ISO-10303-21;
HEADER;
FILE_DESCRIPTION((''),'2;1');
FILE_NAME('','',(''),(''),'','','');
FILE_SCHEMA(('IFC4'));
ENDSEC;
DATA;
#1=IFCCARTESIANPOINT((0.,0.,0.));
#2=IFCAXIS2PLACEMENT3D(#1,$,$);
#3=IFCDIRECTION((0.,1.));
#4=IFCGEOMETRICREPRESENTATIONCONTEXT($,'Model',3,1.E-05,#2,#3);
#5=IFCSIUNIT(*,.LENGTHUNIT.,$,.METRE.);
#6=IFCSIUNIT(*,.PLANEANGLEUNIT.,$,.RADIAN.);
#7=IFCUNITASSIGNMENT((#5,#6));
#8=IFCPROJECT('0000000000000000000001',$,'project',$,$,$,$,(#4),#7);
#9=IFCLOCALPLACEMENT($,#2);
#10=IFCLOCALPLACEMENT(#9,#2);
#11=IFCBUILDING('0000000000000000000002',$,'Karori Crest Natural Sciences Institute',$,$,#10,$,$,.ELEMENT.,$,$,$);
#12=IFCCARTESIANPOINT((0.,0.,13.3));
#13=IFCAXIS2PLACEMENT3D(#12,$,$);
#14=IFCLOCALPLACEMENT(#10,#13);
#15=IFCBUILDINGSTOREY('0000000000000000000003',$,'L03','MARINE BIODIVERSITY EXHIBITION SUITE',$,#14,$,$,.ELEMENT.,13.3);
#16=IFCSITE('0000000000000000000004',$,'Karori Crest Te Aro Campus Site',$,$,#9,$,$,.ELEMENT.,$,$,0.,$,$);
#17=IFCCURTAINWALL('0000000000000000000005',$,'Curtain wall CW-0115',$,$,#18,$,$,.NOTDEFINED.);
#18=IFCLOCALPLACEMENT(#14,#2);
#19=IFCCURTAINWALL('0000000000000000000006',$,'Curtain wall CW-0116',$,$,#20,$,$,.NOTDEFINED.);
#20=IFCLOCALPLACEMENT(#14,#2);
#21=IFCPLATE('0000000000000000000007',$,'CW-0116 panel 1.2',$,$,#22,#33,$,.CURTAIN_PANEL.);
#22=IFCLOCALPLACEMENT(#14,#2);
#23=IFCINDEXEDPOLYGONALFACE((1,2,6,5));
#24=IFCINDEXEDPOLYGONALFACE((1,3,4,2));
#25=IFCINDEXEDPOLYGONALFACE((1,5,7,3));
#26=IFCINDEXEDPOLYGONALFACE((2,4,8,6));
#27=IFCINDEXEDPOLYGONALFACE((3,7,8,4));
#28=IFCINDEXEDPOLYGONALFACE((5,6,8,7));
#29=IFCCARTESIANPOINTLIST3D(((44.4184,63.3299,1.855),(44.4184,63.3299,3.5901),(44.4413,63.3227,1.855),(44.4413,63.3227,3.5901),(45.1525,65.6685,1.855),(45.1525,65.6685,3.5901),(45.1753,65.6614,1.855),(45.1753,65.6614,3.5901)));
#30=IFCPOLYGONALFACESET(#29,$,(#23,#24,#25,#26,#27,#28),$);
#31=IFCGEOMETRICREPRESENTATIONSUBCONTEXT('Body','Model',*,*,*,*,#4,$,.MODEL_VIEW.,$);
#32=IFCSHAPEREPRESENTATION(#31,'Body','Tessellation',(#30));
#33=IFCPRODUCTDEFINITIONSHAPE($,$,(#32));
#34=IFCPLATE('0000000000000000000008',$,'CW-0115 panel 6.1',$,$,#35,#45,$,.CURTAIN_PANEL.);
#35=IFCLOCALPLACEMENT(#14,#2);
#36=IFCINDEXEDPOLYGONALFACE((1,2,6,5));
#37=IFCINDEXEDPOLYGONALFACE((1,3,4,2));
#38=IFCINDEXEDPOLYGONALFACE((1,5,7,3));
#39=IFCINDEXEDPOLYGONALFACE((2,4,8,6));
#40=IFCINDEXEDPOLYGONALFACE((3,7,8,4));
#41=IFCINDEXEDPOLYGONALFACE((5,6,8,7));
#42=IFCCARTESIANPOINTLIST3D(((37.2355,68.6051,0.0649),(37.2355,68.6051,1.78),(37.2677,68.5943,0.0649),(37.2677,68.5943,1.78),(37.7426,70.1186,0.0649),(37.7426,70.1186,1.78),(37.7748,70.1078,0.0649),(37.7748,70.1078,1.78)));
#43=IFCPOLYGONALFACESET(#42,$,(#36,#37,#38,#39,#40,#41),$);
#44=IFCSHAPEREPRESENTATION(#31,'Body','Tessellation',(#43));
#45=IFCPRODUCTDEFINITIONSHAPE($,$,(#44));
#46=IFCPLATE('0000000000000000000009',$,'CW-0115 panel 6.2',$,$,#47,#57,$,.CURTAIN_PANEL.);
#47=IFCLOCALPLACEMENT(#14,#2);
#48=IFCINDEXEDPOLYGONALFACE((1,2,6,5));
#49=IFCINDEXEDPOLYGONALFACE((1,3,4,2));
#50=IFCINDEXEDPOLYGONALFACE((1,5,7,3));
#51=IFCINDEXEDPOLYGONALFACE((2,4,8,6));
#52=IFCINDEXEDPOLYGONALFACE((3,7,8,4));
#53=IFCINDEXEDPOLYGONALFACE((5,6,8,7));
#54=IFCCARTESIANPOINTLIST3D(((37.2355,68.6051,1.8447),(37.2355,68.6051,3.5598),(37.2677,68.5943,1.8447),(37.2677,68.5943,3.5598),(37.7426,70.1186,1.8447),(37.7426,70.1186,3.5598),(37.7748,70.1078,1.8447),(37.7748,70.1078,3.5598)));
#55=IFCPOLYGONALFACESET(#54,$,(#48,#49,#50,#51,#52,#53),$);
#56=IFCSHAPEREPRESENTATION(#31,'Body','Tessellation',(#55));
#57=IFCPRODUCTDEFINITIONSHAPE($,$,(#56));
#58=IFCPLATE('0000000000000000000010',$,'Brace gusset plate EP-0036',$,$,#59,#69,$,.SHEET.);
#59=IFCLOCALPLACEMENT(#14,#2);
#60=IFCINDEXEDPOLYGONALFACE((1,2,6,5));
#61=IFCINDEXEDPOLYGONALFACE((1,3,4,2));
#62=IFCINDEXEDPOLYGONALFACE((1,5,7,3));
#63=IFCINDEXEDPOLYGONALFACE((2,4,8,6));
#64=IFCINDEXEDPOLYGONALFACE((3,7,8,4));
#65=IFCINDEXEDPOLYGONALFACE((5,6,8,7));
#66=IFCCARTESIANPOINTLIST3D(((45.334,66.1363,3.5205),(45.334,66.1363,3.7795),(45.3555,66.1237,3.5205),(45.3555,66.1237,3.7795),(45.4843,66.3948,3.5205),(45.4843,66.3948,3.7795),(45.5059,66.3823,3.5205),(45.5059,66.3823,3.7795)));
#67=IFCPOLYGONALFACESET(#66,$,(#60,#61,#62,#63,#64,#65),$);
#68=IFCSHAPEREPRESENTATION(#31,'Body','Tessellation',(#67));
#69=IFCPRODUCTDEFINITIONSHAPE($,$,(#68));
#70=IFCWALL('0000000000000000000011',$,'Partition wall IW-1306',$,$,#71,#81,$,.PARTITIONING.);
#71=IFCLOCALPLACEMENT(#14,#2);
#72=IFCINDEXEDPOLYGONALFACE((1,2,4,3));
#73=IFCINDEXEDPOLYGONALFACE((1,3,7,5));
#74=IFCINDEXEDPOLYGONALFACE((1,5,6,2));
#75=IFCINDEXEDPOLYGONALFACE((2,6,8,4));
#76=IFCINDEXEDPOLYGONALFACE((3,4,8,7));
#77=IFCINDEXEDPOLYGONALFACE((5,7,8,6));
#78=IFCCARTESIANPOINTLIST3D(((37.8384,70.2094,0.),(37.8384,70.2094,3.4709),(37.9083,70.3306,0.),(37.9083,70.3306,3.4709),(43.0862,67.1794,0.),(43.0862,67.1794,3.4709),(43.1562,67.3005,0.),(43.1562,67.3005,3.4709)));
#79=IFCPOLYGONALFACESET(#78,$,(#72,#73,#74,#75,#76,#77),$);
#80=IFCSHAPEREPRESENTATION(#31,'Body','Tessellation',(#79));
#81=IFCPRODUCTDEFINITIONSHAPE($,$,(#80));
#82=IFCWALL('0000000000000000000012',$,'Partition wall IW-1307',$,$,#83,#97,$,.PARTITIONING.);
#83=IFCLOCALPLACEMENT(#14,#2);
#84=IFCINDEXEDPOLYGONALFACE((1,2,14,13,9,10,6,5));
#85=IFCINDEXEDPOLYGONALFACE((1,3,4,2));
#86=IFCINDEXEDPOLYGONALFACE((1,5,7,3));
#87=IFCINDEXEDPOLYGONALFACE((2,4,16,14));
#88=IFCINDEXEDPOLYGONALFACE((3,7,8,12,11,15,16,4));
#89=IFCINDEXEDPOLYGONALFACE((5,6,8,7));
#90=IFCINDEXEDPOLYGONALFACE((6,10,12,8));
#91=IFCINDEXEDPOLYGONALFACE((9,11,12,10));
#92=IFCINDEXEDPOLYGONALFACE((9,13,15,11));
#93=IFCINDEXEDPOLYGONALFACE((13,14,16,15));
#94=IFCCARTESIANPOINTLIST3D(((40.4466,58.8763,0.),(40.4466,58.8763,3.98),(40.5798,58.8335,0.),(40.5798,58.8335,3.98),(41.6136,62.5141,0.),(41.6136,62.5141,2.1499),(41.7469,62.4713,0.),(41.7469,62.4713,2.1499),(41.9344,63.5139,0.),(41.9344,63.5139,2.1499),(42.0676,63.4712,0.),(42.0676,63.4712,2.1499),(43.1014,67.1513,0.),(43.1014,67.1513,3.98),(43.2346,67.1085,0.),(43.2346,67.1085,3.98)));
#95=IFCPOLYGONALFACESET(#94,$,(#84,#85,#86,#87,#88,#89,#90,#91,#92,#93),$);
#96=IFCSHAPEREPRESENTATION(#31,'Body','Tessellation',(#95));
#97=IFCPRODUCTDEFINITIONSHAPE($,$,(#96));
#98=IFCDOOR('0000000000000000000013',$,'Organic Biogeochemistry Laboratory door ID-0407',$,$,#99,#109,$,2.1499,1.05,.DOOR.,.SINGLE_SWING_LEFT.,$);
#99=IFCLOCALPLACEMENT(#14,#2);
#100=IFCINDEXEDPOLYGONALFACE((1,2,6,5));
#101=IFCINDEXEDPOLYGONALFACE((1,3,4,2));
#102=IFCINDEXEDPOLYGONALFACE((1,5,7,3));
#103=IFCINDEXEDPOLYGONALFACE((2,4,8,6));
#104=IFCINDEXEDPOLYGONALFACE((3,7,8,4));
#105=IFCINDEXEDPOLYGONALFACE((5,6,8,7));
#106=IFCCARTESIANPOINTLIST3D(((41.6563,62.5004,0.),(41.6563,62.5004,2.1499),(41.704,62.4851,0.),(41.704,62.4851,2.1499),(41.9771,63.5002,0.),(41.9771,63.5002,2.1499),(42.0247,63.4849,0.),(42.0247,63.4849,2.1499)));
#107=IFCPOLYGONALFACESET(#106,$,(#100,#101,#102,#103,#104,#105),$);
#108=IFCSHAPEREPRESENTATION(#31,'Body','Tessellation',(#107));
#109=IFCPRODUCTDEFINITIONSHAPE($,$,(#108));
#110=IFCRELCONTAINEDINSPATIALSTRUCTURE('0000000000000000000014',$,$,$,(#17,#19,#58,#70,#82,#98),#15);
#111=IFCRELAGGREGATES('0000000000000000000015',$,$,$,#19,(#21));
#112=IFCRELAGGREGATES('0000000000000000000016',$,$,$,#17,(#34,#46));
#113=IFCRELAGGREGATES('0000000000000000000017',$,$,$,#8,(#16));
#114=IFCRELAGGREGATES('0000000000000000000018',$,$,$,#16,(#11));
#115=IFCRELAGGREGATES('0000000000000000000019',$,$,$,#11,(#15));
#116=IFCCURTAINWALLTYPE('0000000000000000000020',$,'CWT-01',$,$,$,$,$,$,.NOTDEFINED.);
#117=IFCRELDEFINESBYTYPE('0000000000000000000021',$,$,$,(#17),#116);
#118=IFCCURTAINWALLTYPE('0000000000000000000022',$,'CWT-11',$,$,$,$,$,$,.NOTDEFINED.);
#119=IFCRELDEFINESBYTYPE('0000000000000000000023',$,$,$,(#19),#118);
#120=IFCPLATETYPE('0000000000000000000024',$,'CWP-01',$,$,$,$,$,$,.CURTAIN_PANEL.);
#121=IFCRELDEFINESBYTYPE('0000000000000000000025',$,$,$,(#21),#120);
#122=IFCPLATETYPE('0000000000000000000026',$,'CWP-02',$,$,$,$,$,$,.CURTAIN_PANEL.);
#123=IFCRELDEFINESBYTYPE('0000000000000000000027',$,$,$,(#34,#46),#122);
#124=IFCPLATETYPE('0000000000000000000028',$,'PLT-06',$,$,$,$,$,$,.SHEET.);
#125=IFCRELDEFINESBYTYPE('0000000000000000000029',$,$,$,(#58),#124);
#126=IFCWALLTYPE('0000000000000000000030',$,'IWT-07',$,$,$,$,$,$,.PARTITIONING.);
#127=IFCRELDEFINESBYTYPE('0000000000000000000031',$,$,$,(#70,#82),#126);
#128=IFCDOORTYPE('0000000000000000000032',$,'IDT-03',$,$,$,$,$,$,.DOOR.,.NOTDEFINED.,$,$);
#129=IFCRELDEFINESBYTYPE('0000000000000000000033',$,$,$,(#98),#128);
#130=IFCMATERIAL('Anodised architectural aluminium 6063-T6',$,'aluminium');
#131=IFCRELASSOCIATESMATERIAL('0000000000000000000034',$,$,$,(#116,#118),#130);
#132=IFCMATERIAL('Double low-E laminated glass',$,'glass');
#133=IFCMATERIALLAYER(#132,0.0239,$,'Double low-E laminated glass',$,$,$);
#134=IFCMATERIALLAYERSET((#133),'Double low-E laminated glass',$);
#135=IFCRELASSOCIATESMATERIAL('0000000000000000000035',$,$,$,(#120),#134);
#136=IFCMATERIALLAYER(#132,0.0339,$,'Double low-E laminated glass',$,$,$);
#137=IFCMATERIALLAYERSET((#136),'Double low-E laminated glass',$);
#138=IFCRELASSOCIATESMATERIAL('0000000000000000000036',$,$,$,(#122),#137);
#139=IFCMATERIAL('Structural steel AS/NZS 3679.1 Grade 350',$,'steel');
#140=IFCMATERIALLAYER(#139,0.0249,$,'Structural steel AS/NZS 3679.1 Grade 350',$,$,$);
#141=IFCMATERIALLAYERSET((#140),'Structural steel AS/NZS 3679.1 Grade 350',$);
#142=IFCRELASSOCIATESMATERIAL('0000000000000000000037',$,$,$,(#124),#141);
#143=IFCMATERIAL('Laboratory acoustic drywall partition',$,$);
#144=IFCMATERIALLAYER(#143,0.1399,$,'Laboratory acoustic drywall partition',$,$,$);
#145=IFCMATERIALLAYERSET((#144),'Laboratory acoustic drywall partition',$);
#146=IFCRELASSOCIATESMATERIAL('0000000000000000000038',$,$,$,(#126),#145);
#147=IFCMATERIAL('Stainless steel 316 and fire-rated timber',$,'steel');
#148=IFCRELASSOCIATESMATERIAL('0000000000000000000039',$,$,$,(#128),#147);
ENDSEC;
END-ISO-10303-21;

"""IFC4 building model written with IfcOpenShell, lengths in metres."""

from ifc_helpers import new_model, si_unit, direction, frame, frame_2d, origin, origin_2d, place, context, subcontext, project, spatial, rectangle, extrude, material, layer, layer_set, type_object, element, fill, aggregate, save


model = new_model("IFC4")

# Units and contexts
model_context = context("Model", 3, precision=1e-05, world=origin(), true_north=direction((0.0, 1.0)))
body_context = subcontext(model_context, "Body", "Model", "MODEL_VIEW")
ifc_project = project(units=[si_unit("LENGTHUNIT", "METRE"), si_unit("PLANEANGLEUNIT", "RADIAN")], contexts=[model_context])

# Site, building, storey
site_placement = place(None, origin())
site = spatial("IfcSite", under=ifc_project, at=site_placement, Name="Karori Crest Te Aro Campus Site", CompositionType="ELEMENT", RefElevation=0.0)
building_placement = place(site_placement, origin())
building = spatial("IfcBuilding", under=site, at=building_placement, Name="Karori Crest Natural Sciences Institute", CompositionType="ELEMENT")
storey_placement = place(building_placement, frame((0.0, 0.0, 13.3)))
storey = spatial("IfcBuildingStorey", under=building, at=storey_placement, Name="L03", Description="MARINE BIODIVERSITY EXHIBITION SUITE", CompositionType="ELEMENT", Elevation=13.3)

# Shared definitions
ifc_material_1 = material(Name="Structural steel AS/NZS 3679.1 Grade 350", Category="steel")

# Curtain walls
ifc_material_2 = material(Name="Anodised architectural aluminium 6063-T6", Category="aluminium")
curtain_wall_type_1 = type_object("IfcCurtainWallType", Name="CWT-01", PredefinedType="NOTDEFINED", material=ifc_material_2)
curtain_wall_1_placement = place(storey_placement, origin())
curtain_wall_1 = element("IfcCurtainWall", 1, at=curtain_wall_1_placement, inside=storey, type_object=curtain_wall_type_1, Name="Curtain wall CW-0115", PredefinedType="NOTDEFINED")
curtain_wall_type_2 = type_object("IfcCurtainWallType", Name="CWT-11", PredefinedType="NOTDEFINED", material=ifc_material_2)
curtain_wall_2_placement = place(storey_placement, origin())
curtain_wall_2 = element("IfcCurtainWall", 2, at=curtain_wall_2_placement, inside=storey, type_object=curtain_wall_type_2, Name="Curtain wall CW-0116", PredefinedType="NOTDEFINED")

# Plates
ifc_material_3 = material(Name="Double low-E laminated glass", Category="glass")
ifc_layer_1 = layer(ifc_material_3, 0.0239, Name="Double low-E laminated glass")
ifc_layer_set_1 = layer_set([ifc_layer_1], Name="Double low-E laminated glass")
plate_type_1 = type_object("IfcPlateType", Name="CWP-01", PredefinedType="CURTAIN_PANEL", material=ifc_layer_set_1)
plate_1_placement = place(storey_placement, frame((44.7969, 64.4956, 1.855), z_axis=(0.0, 0.0, 1.0), x_axis=(-0.299475, -0.954104, 0.0)))
plate_1 = element("IfcPlate", 3, at=plate_1_placement, type_object=plate_type_1, Name="CW-0116 panel 1.2", PredefinedType="CURTAIN_PANEL", context=body_context, shape_type="SweptSolid", body=[
    extrude(rectangle(XDim=2.4512, YDim=0.0239, at=origin_2d()), origin(), (0.0, 0.0, 1.0), 1.7351),
])
aggregate(curtain_wall_2, [plate_1])
ifc_layer_2 = layer(ifc_material_3, 0.0339, Name="Double low-E laminated glass")
ifc_layer_set_2 = layer_set([ifc_layer_2], Name="Double low-E laminated glass")
plate_type_2 = type_object("IfcPlateType", Name="CWP-02", PredefinedType="CURTAIN_PANEL", material=ifc_layer_set_2)
plate_2_placement = place(storey_placement, frame((37.5051, 69.3564, 0.0649), z_axis=(0.0, 0.0, 1.0), x_axis=(0.31768, 0.948198, 0.0)))
plate_2 = element("IfcPlate", 4, at=plate_2_placement, type_object=plate_type_2, Name="CW-0115 panel 6.1", PredefinedType="CURTAIN_PANEL", context=body_context, shape_type="SweptSolid", body=[
    extrude(rectangle(XDim=1.5962, YDim=0.0339, at=origin_2d()), origin(), (0.0, 0.0, 1.0), 1.7151),
])
plate_3_placement = place(storey_placement, frame((37.5051, 69.3564, 1.8447), z_axis=(0.0, 0.0, 1.0), x_axis=(0.31768, 0.948198, 0.0)))
plate_3 = element("IfcPlate", 5, at=plate_3_placement, type_object=plate_type_2, Name="CW-0115 panel 6.2", PredefinedType="CURTAIN_PANEL", context=body_context, shape_type="SweptSolid", body=[
    extrude(rectangle(XDim=1.5962, YDim=0.0339, at=origin_2d()), origin(), (0.0, 0.0, 1.0), 1.7151),
])
aggregate(curtain_wall_1, [plate_2, plate_3])
ifc_layer_3 = layer(ifc_material_1, 0.0249, Name="Structural steel AS/NZS 3679.1 Grade 350")
ifc_layer_set_3 = layer_set([ifc_layer_3], Name="Structural steel AS/NZS 3679.1 Grade 350")
plate_type_3 = type_object("IfcPlateType", Name="PLT-06", PredefinedType="SHEET", material=ifc_layer_set_3)
plate_4_placement = place(storey_placement, frame((45.4199, 66.2593, 3.5205), z_axis=(0.0, 0.0, 1.0), x_axis=(0.502652, 0.864489, 0.0)))
element("IfcPlate", 6, at=plate_4_placement, inside=storey, type_object=plate_type_3, Name="Brace gusset plate EP-0036", PredefinedType="SHEET", context=body_context, shape_type="SweptSolid", body=[
    extrude(rectangle(XDim=0.2991, YDim=0.0249, at=origin_2d()), origin(), (0.0, 0.0, 1.0), 0.259),
])

# Wall
ifc_material_4 = material(Name="Laboratory acoustic drywall partition")
ifc_layer_4 = layer(ifc_material_4, 0.1399, Name="Laboratory acoustic drywall partition")
ifc_layer_set_4 = layer_set([ifc_layer_4], Name="Laboratory acoustic drywall partition")
wall_type = type_object("IfcWallType", Name="IWT-07", PredefinedType="PARTITIONING", material=ifc_layer_set_4)
wall_1_placement = place(storey_placement, frame((43.1211, 67.24, 0.0), z_axis=(0.0, 0.0, 1.0), x_axis=(-0.86601, 0.500026, 0.0)))
element("IfcWall", 7, at=wall_1_placement, inside=storey, type_object=wall_type, Name="Partition wall IW-1306", PredefinedType="PARTITIONING", context=body_context, shape_type="SweptSolid", body=[
    extrude(rectangle(XDim=6.0598, YDim=0.1399, at=frame_2d((3.0298, 0.0))), origin(), (0.0, 0.0, 1.0), 3.4709),
])

# Wall, opening, door
wall_2_placement = place(storey_placement, frame((43.168, 67.1299, 0.0), z_axis=(0.0, 0.0, 1.0), x_axis=(-0.305487, -0.952196, 0.0)))
wall_2 = element("IfcWall", 8, at=wall_2_placement, inside=storey, type_object=wall_type, Name="Partition wall IW-1307", PredefinedType="PARTITIONING", context=body_context, shape_type="SweptSolid", body=[
    extrude(rectangle(XDim=8.6904, YDim=0.1399, at=frame_2d((4.3452, 0.0))), origin(), (0.0, 0.0, 1.0), 3.98),
])
opening_placement = place(wall_2_placement, frame((3.8201, 0.0, 0.0)))
opening = element("IfcOpeningElement", 9, at=opening_placement, cuts=wall_2, PredefinedType="OPENING", context=body_context, shape_type="SweptSolid", body=[
    extrude(rectangle(XDim=1.05, YDim=2.1499, at=frame_2d((0.5249, 1.075))), frame((0.0, 0.0801, 0.0), z_axis=(0.0, -1.0, 0.0), x_axis=(1.0, 0.0, 0.0)), (0.0, 0.0, 1.0), 0.1599),
])
ifc_material_5 = material(Name="Stainless steel 316 and fire-rated timber", Category="steel")
door_type = type_object("IfcDoorType", Name="IDT-03", OperationType="NOTDEFINED", PredefinedType="DOOR", material=ifc_material_5)
door_placement = place(opening_placement, origin())
door = element("IfcDoor", 10, at=door_placement, inside=storey, type_object=door_type, Name="Organic Biogeochemistry Laboratory door ID-0407", OperationType="SINGLE_SWING_LEFT", OverallHeight=2.1499, OverallWidth=1.05, PredefinedType="DOOR", context=body_context, shape_type="SweptSolid", body=[
    extrude(rectangle(XDim=1.05, YDim=2.1499, at=frame_2d((0.5249, 1.075))), frame((0.0, 0.0249, 0.0), z_axis=(0.0, -1.0, 0.0), x_axis=(1.0, 0.0, 0.0)), (0.0, 0.0, 1.0), 0.05),
])
fill(opening, door)

save(model, "model.ifc")
